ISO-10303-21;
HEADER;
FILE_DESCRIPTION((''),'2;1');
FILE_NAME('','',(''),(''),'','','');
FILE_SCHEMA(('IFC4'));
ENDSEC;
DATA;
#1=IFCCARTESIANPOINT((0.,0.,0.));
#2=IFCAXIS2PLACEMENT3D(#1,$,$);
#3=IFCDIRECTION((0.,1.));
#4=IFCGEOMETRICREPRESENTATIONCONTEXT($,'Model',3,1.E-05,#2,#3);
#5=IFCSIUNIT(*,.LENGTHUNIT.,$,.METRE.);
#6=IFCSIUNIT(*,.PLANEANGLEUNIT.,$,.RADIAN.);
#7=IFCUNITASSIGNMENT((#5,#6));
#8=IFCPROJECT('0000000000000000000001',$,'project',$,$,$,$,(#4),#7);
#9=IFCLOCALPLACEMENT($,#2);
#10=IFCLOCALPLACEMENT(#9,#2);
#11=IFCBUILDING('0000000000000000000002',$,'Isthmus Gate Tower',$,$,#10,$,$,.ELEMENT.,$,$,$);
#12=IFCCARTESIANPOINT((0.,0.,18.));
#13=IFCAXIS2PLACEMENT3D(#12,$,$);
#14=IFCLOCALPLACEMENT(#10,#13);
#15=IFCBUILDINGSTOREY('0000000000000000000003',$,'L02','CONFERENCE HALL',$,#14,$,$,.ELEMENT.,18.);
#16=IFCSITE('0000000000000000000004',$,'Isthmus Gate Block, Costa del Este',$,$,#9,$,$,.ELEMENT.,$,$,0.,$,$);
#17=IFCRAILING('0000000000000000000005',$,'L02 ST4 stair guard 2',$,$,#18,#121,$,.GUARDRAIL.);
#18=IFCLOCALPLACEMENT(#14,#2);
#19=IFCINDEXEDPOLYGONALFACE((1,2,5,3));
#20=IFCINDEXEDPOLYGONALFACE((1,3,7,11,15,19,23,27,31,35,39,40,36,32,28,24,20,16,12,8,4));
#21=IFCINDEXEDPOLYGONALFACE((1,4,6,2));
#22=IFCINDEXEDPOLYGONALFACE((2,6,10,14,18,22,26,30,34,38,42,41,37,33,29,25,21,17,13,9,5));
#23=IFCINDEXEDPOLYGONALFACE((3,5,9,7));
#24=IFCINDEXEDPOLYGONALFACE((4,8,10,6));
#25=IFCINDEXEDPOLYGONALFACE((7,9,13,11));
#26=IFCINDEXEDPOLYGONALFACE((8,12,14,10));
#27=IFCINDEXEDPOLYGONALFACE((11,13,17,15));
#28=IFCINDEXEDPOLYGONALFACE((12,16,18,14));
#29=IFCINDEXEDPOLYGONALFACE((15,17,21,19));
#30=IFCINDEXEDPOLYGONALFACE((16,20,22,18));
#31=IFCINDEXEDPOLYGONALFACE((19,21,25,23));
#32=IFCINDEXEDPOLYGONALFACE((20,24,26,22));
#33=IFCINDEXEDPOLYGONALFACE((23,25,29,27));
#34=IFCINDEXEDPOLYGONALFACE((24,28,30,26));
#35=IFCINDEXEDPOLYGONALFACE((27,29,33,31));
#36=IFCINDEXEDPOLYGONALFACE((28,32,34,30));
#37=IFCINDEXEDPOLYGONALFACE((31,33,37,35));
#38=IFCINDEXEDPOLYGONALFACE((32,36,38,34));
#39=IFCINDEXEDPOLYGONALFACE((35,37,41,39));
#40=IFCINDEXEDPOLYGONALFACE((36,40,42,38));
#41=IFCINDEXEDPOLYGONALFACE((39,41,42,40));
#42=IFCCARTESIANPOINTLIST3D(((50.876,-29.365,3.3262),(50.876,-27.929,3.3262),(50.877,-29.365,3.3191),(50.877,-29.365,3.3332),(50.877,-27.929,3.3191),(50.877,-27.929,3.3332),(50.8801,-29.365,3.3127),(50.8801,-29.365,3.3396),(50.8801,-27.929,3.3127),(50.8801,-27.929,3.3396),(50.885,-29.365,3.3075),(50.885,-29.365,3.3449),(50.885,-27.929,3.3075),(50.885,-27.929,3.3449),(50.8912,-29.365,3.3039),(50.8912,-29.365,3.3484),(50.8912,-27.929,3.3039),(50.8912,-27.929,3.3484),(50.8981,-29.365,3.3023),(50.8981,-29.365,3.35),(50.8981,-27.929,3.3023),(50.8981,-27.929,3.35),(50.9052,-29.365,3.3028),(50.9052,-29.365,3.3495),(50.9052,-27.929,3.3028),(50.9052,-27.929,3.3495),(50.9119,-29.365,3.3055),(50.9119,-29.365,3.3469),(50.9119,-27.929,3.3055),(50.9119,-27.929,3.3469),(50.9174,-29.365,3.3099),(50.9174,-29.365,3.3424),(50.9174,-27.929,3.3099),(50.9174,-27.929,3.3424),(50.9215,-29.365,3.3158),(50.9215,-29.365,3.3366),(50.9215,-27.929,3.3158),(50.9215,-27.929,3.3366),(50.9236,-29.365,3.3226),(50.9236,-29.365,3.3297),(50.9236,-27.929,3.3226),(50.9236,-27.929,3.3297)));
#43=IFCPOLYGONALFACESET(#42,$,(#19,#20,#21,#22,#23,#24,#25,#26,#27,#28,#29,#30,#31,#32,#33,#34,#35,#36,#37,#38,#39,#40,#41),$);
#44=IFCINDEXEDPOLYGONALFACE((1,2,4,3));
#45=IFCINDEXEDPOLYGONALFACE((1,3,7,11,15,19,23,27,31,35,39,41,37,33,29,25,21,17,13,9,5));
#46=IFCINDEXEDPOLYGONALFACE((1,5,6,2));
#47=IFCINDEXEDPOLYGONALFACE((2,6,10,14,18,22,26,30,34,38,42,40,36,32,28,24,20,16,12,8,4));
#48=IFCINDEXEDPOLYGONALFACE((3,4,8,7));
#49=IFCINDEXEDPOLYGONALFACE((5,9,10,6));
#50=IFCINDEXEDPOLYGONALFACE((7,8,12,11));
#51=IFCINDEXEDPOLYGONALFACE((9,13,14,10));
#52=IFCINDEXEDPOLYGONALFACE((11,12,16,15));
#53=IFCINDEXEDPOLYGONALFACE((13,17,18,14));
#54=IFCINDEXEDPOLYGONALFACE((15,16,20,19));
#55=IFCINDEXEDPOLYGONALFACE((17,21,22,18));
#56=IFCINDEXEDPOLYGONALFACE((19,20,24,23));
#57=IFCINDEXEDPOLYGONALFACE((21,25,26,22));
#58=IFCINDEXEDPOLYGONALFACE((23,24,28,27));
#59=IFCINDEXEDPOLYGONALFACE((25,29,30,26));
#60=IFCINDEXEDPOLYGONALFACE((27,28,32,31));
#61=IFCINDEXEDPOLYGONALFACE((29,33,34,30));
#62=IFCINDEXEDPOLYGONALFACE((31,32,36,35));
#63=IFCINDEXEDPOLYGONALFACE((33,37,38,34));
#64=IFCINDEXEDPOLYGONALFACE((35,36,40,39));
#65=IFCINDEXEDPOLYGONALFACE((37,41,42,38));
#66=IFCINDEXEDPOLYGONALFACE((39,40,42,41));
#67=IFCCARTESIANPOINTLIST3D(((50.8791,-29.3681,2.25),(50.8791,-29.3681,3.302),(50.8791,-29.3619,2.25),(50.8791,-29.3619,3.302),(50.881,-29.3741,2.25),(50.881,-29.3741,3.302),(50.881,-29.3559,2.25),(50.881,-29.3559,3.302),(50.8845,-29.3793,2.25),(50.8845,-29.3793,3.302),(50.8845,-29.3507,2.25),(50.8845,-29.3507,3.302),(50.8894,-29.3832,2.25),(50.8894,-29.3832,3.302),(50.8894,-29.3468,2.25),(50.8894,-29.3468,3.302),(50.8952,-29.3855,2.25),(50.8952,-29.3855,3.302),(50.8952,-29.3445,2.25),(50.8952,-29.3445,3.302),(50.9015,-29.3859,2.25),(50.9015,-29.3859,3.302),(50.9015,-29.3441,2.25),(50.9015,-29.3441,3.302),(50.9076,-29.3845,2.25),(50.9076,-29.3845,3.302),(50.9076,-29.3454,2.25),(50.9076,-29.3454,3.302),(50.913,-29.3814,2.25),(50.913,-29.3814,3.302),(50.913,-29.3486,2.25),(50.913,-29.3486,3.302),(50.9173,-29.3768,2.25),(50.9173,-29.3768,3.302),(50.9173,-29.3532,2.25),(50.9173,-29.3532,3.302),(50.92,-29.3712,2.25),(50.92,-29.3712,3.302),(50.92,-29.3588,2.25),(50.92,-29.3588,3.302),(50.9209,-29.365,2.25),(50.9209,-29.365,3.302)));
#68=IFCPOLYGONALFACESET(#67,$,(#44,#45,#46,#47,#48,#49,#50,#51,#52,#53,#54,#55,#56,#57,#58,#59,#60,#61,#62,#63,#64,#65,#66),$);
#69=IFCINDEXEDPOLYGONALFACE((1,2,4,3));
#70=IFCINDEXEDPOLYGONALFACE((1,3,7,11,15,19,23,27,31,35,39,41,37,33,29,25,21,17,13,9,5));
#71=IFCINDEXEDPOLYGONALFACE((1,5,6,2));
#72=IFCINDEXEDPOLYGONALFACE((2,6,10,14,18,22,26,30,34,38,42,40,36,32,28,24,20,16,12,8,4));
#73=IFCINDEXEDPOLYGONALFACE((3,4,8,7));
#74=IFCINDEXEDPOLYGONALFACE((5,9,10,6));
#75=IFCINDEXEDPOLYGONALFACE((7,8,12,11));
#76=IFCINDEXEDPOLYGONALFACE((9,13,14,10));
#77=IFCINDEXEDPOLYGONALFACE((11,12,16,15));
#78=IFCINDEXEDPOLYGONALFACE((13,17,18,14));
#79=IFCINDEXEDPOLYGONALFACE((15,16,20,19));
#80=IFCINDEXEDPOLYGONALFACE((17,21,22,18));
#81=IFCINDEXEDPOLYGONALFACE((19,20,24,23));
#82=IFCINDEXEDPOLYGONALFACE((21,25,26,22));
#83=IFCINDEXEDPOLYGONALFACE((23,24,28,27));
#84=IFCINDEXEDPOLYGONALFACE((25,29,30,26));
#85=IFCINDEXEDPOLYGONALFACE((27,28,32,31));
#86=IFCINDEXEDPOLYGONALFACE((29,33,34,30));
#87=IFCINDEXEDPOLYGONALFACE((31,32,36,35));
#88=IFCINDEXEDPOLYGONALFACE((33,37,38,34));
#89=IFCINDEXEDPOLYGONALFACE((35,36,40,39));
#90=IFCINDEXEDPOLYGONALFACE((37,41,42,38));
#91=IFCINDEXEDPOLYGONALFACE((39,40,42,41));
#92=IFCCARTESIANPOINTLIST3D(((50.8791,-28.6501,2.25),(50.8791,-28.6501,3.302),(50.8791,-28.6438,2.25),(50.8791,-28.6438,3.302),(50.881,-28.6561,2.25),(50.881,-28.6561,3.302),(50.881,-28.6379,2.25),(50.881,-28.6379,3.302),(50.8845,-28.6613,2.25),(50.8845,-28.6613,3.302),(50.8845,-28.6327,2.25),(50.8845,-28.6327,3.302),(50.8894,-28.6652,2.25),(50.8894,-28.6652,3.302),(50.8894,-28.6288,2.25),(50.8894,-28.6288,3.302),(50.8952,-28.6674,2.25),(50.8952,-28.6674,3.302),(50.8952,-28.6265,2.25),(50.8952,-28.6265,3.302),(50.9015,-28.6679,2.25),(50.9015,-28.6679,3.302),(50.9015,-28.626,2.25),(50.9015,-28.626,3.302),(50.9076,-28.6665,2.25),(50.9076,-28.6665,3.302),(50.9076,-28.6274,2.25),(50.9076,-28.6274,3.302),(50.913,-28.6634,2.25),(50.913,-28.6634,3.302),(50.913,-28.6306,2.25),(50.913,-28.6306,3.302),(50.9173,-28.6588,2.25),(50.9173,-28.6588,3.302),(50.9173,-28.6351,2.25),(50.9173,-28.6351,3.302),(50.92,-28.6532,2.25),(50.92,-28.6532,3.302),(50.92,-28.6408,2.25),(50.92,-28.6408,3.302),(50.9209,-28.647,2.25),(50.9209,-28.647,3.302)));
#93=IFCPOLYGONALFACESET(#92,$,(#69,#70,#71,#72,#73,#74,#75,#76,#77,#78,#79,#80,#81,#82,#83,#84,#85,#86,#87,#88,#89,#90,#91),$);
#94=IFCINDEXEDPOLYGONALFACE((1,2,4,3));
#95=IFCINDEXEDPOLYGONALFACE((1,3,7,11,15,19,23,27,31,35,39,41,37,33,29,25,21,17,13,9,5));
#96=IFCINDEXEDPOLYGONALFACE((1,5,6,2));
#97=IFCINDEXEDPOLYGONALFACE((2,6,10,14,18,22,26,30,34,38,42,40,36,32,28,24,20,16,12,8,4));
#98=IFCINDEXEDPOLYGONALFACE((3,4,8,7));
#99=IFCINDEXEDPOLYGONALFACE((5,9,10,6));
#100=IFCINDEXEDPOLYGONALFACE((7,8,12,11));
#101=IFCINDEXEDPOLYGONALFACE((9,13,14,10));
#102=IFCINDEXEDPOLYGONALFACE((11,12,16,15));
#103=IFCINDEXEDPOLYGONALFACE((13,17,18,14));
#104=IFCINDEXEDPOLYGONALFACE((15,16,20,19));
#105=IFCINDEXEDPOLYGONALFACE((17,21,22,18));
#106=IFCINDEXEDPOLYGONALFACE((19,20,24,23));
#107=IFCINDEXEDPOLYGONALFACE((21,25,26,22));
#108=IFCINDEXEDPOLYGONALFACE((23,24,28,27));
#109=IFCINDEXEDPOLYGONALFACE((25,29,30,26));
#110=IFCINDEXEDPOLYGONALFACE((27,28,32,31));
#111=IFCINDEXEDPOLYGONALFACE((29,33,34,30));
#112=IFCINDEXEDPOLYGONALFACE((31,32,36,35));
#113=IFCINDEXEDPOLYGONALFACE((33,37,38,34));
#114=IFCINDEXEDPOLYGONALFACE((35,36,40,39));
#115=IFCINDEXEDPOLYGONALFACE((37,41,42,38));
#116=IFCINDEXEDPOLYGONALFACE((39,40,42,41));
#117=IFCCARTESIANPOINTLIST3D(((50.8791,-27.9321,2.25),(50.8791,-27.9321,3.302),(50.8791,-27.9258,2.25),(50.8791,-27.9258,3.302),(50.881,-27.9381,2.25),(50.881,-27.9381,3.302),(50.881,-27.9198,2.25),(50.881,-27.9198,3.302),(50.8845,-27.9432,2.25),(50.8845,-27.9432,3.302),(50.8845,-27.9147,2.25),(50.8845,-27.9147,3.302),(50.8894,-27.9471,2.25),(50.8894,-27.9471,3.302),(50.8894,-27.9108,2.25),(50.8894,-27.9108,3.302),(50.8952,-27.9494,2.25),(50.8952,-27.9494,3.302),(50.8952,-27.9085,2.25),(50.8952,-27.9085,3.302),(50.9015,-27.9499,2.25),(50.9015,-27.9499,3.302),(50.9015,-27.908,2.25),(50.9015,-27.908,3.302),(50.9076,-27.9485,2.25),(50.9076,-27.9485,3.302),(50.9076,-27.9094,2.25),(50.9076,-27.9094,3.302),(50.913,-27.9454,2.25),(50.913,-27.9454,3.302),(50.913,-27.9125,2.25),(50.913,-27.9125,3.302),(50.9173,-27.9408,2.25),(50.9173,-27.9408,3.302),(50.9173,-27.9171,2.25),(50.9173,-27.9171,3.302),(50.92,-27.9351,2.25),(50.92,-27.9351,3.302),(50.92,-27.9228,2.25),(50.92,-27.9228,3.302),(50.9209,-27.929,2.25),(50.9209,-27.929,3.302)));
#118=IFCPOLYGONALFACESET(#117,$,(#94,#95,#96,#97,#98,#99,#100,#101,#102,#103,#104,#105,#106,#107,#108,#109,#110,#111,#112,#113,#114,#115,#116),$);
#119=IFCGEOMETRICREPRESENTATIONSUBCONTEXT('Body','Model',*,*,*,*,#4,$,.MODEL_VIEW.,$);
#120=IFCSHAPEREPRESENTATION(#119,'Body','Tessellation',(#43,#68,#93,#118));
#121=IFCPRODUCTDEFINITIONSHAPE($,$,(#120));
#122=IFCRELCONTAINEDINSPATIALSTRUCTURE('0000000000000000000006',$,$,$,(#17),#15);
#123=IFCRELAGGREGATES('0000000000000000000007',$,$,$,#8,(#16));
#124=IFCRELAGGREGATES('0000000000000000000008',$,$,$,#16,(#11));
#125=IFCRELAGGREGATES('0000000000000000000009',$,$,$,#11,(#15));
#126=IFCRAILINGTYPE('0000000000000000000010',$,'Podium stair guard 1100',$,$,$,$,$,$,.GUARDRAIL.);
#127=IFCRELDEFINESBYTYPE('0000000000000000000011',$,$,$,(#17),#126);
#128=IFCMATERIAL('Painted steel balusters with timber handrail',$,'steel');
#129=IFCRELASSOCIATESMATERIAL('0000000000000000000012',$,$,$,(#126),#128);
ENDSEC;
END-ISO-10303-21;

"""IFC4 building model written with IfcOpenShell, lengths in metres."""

from ifc_helpers import new_model, si_unit, direction, frame, origin, origin_2d, place, context, subcontext, project, spatial, circle, extrude, material, type_object, element, save


model = new_model("IFC4")

# Units and contexts
model_context = context("Model", 3, precision=1e-05, world=origin(), true_north=direction((0.0, 1.0)))
body_context = subcontext(model_context, "Body", "Model", "MODEL_VIEW")
ifc_project = project(units=[si_unit("LENGTHUNIT", "METRE"), si_unit("PLANEANGLEUNIT", "RADIAN")], contexts=[model_context])

# Site, building, storey
site_placement = place(None, origin())
site = spatial("IfcSite", under=ifc_project, at=site_placement, Name="Isthmus Gate Block, Costa del Este", CompositionType="ELEMENT", RefElevation=0.0)
building_placement = place(site_placement, origin())
building = spatial("IfcBuilding", under=site, at=building_placement, Name="Isthmus Gate Tower", CompositionType="ELEMENT")
storey_placement = place(building_placement, frame((0.0, 0.0, 18.0)))
storey = spatial("IfcBuildingStorey", under=building, at=storey_placement, Name="L02", Description="CONFERENCE HALL", CompositionType="ELEMENT", Elevation=18.0)

# Railing
ifc_material_1 = material(Name="Painted steel balusters with timber handrail", Category="steel")
railing_type_1 = type_object("IfcRailingType", Name="Podium stair guard 1100", PredefinedType="GUARDRAIL", material=ifc_material_1)
railing_1_placement = place(storey_placement, frame((50.8999, -29.365, 2.25)))
element("IfcRailing", 1, at=railing_1_placement, inside=storey, type_object=railing_type_1, Name="L02 ST4 stair guard 2", PredefinedType="GUARDRAIL", context=body_context, shape_type="SweptSolid", body=[
    extrude(circle(Radius=0.0239, at=origin_2d()), frame((0.0, 0.0, 1.0762), z_axis=(0.0, 1.0, 0.0), x_axis=(-1.0, 0.0, 0.0)), (0.0, 0.0, 1.0), 1.436),
    extrude(circle(Radius=0.021, at=origin_2d()), origin(), (0.0, 0.0, 1.0), 1.052),
    extrude(circle(Radius=0.021, at=origin_2d()), frame((0.0, 0.718, 0.0)), (0.0, 0.0, 1.0), 1.052),
    extrude(circle(Radius=0.021, at=origin_2d()), frame((0.0, 1.436, 0.0)), (0.0, 0.0, 1.0), 1.052),
])

save(model, "model.ifc")
